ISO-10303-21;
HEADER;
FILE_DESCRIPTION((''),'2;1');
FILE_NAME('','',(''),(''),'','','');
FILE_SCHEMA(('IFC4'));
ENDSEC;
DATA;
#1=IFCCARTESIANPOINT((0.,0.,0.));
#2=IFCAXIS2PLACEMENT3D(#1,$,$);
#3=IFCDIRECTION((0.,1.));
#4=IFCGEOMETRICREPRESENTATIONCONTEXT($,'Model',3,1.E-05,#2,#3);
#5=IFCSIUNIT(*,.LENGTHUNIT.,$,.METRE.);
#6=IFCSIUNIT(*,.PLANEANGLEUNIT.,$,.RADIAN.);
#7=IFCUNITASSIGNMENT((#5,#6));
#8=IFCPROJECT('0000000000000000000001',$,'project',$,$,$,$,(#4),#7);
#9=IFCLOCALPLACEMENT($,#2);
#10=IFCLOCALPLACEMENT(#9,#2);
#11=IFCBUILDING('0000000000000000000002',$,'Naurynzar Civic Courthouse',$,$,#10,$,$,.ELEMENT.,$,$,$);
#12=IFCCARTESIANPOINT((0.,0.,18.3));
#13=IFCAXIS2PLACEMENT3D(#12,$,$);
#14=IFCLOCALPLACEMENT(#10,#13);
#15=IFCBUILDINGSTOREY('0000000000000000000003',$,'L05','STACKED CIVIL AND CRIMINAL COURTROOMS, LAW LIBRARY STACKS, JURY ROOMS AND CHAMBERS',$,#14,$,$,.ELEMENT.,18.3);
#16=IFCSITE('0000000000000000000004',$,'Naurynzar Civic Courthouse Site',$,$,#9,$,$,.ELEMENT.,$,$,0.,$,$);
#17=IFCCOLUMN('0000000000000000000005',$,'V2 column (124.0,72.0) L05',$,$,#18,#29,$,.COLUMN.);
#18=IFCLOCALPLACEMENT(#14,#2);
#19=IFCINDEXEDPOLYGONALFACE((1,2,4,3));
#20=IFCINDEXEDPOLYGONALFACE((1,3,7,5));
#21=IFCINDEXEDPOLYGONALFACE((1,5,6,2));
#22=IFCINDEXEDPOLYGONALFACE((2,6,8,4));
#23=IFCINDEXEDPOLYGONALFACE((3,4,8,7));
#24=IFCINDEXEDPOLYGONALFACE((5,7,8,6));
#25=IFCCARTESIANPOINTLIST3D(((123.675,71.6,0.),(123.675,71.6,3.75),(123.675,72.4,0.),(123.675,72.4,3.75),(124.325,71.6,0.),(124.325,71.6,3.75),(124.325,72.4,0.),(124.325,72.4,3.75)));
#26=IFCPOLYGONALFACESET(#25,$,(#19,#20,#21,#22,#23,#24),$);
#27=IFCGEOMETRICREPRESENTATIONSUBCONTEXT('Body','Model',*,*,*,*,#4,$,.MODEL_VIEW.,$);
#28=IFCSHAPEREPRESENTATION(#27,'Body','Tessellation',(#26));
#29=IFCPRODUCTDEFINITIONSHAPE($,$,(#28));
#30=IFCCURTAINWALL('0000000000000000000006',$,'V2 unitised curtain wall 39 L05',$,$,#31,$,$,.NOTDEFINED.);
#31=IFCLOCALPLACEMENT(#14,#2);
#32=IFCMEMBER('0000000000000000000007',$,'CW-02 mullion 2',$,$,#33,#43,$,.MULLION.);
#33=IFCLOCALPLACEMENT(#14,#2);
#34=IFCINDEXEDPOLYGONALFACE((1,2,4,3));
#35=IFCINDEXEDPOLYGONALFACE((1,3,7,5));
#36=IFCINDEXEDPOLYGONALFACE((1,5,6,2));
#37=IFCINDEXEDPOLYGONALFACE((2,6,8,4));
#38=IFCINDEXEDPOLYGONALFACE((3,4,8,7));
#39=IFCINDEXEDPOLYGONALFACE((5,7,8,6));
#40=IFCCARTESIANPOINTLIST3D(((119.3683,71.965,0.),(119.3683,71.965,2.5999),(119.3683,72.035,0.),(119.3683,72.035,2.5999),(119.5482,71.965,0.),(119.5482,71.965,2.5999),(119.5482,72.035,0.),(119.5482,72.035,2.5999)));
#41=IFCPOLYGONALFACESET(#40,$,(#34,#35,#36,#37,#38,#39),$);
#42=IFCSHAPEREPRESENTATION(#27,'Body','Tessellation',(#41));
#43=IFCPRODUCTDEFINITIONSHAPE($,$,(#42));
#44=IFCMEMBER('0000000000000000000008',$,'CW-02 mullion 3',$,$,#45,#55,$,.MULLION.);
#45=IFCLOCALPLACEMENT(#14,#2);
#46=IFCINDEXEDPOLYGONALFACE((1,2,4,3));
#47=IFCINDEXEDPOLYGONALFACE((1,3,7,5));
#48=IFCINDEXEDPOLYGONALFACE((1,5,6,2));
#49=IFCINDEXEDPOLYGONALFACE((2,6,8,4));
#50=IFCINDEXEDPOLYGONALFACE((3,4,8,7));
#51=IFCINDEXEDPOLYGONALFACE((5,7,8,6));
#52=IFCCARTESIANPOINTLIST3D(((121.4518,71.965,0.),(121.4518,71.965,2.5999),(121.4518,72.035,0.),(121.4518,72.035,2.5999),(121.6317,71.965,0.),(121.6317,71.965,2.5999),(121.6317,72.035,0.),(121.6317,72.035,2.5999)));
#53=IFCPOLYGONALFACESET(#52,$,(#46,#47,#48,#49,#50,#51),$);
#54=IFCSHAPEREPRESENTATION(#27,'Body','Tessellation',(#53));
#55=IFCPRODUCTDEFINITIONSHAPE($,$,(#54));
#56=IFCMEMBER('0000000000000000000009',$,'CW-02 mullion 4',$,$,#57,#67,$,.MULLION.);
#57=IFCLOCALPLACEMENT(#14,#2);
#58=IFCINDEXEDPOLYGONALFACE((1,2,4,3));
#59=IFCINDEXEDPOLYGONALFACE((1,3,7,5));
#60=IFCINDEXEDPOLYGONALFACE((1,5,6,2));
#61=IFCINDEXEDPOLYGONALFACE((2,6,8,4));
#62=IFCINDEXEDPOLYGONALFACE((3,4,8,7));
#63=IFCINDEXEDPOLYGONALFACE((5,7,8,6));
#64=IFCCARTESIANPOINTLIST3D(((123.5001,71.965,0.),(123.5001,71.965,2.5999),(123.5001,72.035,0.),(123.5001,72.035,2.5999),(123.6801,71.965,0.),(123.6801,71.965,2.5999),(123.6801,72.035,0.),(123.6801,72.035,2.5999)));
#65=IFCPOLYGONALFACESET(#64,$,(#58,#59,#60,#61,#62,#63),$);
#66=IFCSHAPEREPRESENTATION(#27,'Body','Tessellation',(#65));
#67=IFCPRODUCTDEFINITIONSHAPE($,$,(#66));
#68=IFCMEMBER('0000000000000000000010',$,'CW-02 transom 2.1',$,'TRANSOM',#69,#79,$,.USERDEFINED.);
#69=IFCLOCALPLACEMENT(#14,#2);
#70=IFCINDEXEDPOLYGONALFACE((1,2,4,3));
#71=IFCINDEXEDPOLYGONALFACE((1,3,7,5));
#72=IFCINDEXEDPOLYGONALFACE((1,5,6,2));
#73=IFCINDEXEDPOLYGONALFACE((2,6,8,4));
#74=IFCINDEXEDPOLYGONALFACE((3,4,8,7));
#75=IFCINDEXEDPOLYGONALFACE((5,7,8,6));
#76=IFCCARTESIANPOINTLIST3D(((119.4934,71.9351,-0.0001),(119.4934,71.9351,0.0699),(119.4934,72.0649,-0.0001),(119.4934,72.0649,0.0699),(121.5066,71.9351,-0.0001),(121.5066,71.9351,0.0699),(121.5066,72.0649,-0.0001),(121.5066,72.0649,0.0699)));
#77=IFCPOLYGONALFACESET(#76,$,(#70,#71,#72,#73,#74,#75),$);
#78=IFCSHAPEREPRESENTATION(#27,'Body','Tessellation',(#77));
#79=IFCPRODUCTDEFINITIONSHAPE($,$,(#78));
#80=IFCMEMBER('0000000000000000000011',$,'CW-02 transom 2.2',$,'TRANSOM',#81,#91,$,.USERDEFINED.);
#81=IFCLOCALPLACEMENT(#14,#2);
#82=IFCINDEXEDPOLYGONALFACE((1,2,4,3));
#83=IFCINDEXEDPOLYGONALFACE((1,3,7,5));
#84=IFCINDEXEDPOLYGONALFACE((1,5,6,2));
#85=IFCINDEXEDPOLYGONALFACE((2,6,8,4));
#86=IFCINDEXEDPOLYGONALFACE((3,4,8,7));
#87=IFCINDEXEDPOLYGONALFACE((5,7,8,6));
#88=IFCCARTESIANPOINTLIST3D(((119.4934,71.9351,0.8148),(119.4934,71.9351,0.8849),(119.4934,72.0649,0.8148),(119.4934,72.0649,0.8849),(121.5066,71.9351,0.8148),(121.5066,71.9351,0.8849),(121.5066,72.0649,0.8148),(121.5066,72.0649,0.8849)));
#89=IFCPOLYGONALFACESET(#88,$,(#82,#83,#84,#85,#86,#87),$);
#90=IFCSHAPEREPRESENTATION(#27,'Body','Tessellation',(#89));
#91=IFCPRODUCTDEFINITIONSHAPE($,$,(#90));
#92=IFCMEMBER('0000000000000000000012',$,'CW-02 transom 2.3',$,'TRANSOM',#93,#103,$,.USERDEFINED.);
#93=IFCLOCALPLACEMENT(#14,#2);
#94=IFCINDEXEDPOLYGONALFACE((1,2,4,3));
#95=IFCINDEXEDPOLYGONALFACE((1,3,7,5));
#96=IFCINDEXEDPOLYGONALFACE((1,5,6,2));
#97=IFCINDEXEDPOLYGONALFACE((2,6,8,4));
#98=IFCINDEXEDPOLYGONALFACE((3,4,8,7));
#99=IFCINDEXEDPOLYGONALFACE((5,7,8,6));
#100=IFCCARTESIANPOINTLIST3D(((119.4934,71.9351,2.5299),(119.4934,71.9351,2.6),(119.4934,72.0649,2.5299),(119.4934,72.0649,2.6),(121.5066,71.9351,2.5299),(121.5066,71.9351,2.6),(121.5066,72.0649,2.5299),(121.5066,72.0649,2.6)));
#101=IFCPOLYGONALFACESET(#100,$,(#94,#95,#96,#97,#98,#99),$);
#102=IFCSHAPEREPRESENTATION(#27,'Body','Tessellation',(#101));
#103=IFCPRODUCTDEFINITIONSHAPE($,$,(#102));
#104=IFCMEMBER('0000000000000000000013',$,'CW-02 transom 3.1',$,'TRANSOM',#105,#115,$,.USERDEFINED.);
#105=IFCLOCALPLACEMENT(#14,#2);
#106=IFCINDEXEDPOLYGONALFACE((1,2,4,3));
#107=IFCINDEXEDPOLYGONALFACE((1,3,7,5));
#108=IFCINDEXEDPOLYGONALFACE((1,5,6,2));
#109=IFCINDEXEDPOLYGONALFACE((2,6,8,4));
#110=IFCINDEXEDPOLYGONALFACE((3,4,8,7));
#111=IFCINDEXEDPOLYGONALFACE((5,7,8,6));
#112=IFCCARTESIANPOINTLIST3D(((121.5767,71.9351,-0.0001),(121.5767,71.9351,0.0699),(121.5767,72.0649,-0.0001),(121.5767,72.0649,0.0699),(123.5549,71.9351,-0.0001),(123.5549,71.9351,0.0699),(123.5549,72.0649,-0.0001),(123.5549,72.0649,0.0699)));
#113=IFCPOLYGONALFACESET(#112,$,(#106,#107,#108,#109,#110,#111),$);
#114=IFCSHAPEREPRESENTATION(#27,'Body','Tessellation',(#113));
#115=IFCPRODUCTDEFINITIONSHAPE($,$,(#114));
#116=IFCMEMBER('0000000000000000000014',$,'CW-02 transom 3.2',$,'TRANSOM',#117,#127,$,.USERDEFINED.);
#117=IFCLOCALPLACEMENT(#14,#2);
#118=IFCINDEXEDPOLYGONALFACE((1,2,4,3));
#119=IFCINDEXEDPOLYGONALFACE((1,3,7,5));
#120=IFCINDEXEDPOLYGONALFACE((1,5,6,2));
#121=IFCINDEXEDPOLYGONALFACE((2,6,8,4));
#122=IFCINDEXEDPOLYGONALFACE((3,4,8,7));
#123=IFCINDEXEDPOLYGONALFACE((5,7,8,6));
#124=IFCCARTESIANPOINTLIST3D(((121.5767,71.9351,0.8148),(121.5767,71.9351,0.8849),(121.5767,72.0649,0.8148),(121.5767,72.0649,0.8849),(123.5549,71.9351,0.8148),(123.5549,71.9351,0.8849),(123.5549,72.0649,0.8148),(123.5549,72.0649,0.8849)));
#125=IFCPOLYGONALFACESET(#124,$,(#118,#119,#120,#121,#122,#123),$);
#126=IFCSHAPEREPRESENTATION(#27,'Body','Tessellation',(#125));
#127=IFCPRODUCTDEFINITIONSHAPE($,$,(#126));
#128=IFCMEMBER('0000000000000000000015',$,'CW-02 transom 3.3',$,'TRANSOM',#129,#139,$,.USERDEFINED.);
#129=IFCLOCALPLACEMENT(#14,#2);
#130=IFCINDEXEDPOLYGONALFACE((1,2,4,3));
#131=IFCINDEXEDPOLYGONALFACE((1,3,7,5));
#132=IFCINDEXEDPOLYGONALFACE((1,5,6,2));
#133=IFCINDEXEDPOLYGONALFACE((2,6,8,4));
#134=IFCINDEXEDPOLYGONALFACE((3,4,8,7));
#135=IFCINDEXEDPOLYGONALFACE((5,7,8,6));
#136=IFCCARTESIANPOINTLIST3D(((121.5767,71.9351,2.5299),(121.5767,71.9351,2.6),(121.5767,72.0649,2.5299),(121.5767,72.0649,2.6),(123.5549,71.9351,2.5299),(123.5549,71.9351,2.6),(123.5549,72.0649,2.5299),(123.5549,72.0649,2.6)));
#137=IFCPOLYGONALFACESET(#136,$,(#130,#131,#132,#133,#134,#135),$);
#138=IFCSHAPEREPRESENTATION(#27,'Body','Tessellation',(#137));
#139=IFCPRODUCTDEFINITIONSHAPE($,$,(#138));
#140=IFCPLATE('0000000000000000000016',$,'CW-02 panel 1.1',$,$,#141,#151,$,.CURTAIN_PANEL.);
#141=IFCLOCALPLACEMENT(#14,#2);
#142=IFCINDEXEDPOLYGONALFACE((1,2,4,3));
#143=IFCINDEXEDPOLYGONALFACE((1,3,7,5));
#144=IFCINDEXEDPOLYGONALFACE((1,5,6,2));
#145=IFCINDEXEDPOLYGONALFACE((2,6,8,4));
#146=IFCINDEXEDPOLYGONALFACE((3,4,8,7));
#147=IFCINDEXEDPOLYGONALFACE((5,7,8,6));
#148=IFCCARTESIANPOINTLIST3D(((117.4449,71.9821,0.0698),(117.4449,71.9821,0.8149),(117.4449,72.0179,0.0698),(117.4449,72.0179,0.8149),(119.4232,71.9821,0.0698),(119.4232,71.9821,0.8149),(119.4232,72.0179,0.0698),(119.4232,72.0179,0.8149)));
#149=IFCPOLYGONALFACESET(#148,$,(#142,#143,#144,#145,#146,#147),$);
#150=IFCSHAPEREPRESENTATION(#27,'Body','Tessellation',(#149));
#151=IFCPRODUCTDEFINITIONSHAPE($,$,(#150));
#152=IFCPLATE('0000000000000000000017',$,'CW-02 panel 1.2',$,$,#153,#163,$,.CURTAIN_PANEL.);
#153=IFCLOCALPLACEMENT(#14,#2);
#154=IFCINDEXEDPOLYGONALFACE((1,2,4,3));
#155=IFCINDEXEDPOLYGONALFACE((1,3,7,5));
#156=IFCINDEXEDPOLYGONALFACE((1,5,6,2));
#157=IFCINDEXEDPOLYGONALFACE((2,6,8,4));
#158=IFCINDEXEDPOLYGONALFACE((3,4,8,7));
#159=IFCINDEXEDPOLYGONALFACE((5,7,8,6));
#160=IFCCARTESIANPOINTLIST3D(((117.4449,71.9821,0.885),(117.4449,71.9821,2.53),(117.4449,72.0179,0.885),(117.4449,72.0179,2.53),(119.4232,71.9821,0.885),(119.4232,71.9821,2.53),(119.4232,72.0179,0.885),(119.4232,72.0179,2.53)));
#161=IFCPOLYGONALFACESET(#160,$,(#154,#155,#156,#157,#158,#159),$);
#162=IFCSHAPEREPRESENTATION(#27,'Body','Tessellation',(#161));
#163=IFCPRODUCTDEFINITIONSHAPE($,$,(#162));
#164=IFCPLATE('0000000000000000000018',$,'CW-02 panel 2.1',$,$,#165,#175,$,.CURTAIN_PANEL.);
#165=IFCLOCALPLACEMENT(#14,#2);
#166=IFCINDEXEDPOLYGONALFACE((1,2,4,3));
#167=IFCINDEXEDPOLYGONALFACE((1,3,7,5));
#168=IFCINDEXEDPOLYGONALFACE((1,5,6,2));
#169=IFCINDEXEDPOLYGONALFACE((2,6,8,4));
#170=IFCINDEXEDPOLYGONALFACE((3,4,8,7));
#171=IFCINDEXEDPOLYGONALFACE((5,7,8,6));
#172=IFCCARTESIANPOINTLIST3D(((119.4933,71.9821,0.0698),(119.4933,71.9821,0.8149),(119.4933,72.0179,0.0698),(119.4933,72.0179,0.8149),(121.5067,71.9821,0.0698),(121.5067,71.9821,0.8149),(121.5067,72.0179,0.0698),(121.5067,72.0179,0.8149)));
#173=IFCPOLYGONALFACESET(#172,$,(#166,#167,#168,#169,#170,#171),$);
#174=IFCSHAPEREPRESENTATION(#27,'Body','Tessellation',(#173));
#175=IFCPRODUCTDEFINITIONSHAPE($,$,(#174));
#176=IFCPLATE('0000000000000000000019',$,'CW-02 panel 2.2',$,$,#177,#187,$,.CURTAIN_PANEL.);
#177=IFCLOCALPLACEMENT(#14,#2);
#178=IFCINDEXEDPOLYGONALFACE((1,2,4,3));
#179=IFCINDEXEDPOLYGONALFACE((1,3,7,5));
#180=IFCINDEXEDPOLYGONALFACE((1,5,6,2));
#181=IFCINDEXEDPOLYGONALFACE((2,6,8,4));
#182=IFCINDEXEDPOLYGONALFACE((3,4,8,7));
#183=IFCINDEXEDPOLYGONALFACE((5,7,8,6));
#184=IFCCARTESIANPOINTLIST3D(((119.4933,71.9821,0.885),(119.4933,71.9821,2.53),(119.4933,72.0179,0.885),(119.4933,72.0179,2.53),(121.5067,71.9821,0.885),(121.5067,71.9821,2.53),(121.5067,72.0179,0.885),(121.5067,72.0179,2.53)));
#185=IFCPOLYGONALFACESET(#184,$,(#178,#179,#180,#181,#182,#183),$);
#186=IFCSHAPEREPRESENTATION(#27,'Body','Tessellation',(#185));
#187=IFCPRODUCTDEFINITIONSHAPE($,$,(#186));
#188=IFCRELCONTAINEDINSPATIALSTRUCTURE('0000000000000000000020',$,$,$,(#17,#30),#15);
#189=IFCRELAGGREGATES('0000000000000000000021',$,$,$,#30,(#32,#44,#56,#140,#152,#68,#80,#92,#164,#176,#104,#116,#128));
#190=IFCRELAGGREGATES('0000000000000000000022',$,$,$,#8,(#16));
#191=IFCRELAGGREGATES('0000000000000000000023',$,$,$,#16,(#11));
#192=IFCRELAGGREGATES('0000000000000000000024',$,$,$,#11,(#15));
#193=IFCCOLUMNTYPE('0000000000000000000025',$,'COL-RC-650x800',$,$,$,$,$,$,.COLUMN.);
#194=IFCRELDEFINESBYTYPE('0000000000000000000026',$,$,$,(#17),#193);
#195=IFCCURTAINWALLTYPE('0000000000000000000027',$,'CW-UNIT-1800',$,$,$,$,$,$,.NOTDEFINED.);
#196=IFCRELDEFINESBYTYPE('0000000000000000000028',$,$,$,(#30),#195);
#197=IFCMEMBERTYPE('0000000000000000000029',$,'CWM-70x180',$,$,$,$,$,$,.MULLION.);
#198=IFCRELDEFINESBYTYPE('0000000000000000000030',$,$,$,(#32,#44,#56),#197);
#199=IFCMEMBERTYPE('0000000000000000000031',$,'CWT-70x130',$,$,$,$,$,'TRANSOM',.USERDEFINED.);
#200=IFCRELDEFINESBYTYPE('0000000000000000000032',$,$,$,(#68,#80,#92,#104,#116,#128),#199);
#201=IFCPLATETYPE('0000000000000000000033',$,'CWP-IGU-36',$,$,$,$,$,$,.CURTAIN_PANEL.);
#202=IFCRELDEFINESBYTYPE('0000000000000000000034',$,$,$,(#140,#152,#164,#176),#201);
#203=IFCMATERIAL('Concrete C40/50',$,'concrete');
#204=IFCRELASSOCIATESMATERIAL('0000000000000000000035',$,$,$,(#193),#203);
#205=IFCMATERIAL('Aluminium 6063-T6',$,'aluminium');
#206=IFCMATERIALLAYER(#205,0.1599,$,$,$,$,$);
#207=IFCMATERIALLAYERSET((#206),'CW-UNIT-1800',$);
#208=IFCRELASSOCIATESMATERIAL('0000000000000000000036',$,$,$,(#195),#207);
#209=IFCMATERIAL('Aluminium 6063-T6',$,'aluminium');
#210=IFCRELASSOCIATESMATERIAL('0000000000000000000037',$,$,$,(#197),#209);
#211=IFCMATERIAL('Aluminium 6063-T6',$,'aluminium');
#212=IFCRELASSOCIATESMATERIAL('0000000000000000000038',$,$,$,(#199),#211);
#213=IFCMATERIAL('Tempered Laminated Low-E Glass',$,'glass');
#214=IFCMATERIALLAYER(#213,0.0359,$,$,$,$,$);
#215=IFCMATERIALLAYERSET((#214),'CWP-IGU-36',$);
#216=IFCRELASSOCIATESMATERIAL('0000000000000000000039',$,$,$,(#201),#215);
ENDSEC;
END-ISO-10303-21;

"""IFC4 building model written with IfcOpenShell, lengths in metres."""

from ifc_helpers import new_model, si_unit, direction, frame, origin, origin_2d, place, context, subcontext, project, spatial, rectangle, extrude, material, layer, layer_set, material_profile, profile_set, type_object, element, aggregate, save


model = new_model("IFC4")

# Units and contexts
model_context = context("Model", 3, precision=1e-05, world=origin(), true_north=direction((0.0, 1.0)))
body_context = subcontext(model_context, "Body", "Model", "MODEL_VIEW")
ifc_project = project(units=[si_unit("LENGTHUNIT", "METRE"), si_unit("PLANEANGLEUNIT", "RADIAN")], contexts=[model_context])

# Site, building, storey
site_placement = place(None, origin())
site = spatial("IfcSite", under=ifc_project, at=site_placement, Name="Naurynzar Civic Courthouse Site", CompositionType="ELEMENT", RefElevation=0.0)
building_placement = place(site_placement, origin())
building = spatial("IfcBuilding", under=site, at=building_placement, Name="Naurynzar Civic Courthouse", CompositionType="ELEMENT")
storey_placement = place(building_placement, frame((0.0, 0.0, 18.3)))
storey = spatial("IfcBuildingStorey", under=building, at=storey_placement, Name="L05", Description="STACKED CIVIL AND CRIMINAL COURTROOMS, LAW LIBRARY STACKS, JURY ROOMS AND CHAMBERS", CompositionType="ELEMENT", Elevation=18.3)

# Column
ifc_material_1 = material(Name="Concrete C40/50", Category="concrete")
ifc_material_profile_1 = material_profile(ifc_material_1, rectangle(XDim=0.6499, YDim=0.8, at=origin_2d()), Name="RC 650x800")
ifc_profile_set_1 = profile_set([ifc_material_profile_1], Name="Concrete C40/50")
column_type = type_object("IfcColumnType", Name="COL-RC-650x800", PredefinedType="COLUMN", material=ifc_profile_set_1)
column_placement = place(storey_placement, frame((124.0, 72.0, 0.0), z_axis=(0.0, 0.0, 1.0), x_axis=(1.0, 0.0, 0.0)))
element("IfcColumn", 1, at=column_placement, inside=storey, type_object=column_type, Name="V2 column (124.0,72.0) L05", PredefinedType="COLUMN", context=body_context, shape_type="SweptSolid", body=[
    extrude(rectangle(XDim=0.6499, YDim=0.8, at=origin_2d()), origin(), (0.0, 0.0, 1.0), 3.75),
])

# Curtain wall, members, plates
ifc_material_2 = material(Name="Aluminium 6063-T6", Category="aluminium")
ifc_layer_1 = layer(ifc_material_2, 0.1599)
ifc_layer_set_1 = layer_set([ifc_layer_1], Name="CW-UNIT-1800")
curtain_wall_type = type_object("IfcCurtainWallType", Name="CW-UNIT-1800", PredefinedType="NOTDEFINED", material=ifc_layer_set_1)
curtain_wall_placement = place(storey_placement, origin())
curtain_wall = element("IfcCurtainWall", 2, at=curtain_wall_placement, inside=storey, type_object=curtain_wall_type, Name="V2 unitised curtain wall 39 L05", PredefinedType="NOTDEFINED")
ifc_material_3 = material(Name="Aluminium 6063-T6", Category="aluminium")
ifc_material_profile_2 = material_profile(ifc_material_3, rectangle(XDim=0.0701, YDim=0.1799, at=origin_2d()), Name="ALU MULLION 70x180")
ifc_profile_set_2 = profile_set([ifc_material_profile_2], Name="Aluminium 6063-T6")
member_type_1 = type_object("IfcMemberType", Name="CWM-70x180", PredefinedType="MULLION", material=ifc_profile_set_2)
member_1_placement = place(storey_placement, frame((119.4583, 72.0, 0.0), z_axis=(0.0, 0.0, 1.0), x_axis=(0.0, 1.0, 0.0)))
member_1 = element("IfcMember", 3, at=member_1_placement, type_object=member_type_1, Name="CW-02 mullion 2", PredefinedType="MULLION", context=body_context, shape_type="SweptSolid", body=[
    extrude(rectangle(XDim=0.0701, YDim=0.1799, at=origin_2d()), origin(), (0.0, 0.0, 1.0), 2.5999),
])
member_2_placement = place(storey_placement, frame((121.5417, 72.0, 0.0), z_axis=(0.0, 0.0, 1.0), x_axis=(0.0, 1.0, 0.0)))
member_2 = element("IfcMember", 4, at=member_2_placement, type_object=member_type_1, Name="CW-02 mullion 3", PredefinedType="MULLION", context=body_context, shape_type="SweptSolid", body=[
    extrude(rectangle(XDim=0.0701, YDim=0.1799, at=origin_2d()), origin(), (0.0, 0.0, 1.0), 2.5999),
])
member_3_placement = place(storey_placement, frame((123.5901, 72.0, 0.0), z_axis=(0.0, 0.0, 1.0), x_axis=(0.0, 1.0, 0.0)))
member_3 = element("IfcMember", 5, at=member_3_placement, type_object=member_type_1, Name="CW-02 mullion 4", PredefinedType="MULLION", context=body_context, shape_type="SweptSolid", body=[
    extrude(rectangle(XDim=0.0701, YDim=0.1799, at=origin_2d()), origin(), (0.0, 0.0, 1.0), 2.5999),
])
ifc_material_4 = material(Name="Aluminium 6063-T6", Category="aluminium")
ifc_material_profile_3 = material_profile(ifc_material_4, rectangle(XDim=0.1299, YDim=0.0701, at=origin_2d()), Name="ALU TRANSOM 70x130")
ifc_profile_set_3 = profile_set([ifc_material_profile_3], Name="Aluminium 6063-T6")
member_type_2 = type_object("IfcMemberType", Name="CWT-70x130", ElementType="TRANSOM", PredefinedType="USERDEFINED", material=ifc_profile_set_3)
member_4_placement = place(storey_placement, frame((119.4934, 72.0, 0.0349), z_axis=(1.0, 0.0, 0.0), x_axis=(0.0, 1.0, 0.0)))
member_4 = element("IfcMember", 6, at=member_4_placement, type_object=member_type_2, Name="CW-02 transom 2.1", ObjectType="TRANSOM", PredefinedType="USERDEFINED", context=body_context, shape_type="SweptSolid", body=[
    extrude(rectangle(XDim=0.1299, YDim=0.0701, at=origin_2d()), origin(), (0.0, 0.0, 1.0), 2.0132),
])
member_5_placement = place(storey_placement, frame((119.4934, 72.0, 0.8499), z_axis=(1.0, 0.0, 0.0), x_axis=(0.0, 1.0, 0.0)))
member_5 = element("IfcMember", 7, at=member_5_placement, type_object=member_type_2, Name="CW-02 transom 2.2", ObjectType="TRANSOM", PredefinedType="USERDEFINED", context=body_context, shape_type="SweptSolid", body=[
    extrude(rectangle(XDim=0.1299, YDim=0.0701, at=origin_2d()), origin(), (0.0, 0.0, 1.0), 2.0132),
])
member_6_placement = place(storey_placement, frame((119.4934, 72.0, 2.5649), z_axis=(1.0, 0.0, 0.0), x_axis=(0.0, 1.0, 0.0)))
member_6 = element("IfcMember", 8, at=member_6_placement, type_object=member_type_2, Name="CW-02 transom 2.3", ObjectType="TRANSOM", PredefinedType="USERDEFINED", context=body_context, shape_type="SweptSolid", body=[
    extrude(rectangle(XDim=0.1299, YDim=0.0701, at=origin_2d()), origin(), (0.0, 0.0, 1.0), 2.0132),
])
member_7_placement = place(storey_placement, frame((121.5767, 72.0, 0.0349), z_axis=(1.0, 0.0, 0.0), x_axis=(0.0, 1.0, 0.0)))
member_7 = element("IfcMember", 9, at=member_7_placement, type_object=member_type_2, Name="CW-02 transom 3.1", ObjectType="TRANSOM", PredefinedType="USERDEFINED", context=body_context, shape_type="SweptSolid", body=[
    extrude(rectangle(XDim=0.1299, YDim=0.0701, at=origin_2d()), origin(), (0.0, 0.0, 1.0), 1.9783),
])
member_8_placement = place(storey_placement, frame((121.5767, 72.0, 0.8499), z_axis=(1.0, 0.0, 0.0), x_axis=(0.0, 1.0, 0.0)))
member_8 = element("IfcMember", 10, at=member_8_placement, type_object=member_type_2, Name="CW-02 transom 3.2", ObjectType="TRANSOM", PredefinedType="USERDEFINED", context=body_context, shape_type="SweptSolid", body=[
    extrude(rectangle(XDim=0.1299, YDim=0.0701, at=origin_2d()), origin(), (0.0, 0.0, 1.0), 1.9783),
])
member_9_placement = place(storey_placement, frame((121.5767, 72.0, 2.5649), z_axis=(1.0, 0.0, 0.0), x_axis=(0.0, 1.0, 0.0)))
member_9 = element("IfcMember", 11, at=member_9_placement, type_object=member_type_2, Name="CW-02 transom 3.3", ObjectType="TRANSOM", PredefinedType="USERDEFINED", context=body_context, shape_type="SweptSolid", body=[
    extrude(rectangle(XDim=0.1299, YDim=0.0701, at=origin_2d()), origin(), (0.0, 0.0, 1.0), 1.9783),
])
ifc_material_5 = material(Name="Tempered Laminated Low-E Glass", Category="glass")
ifc_layer_2 = layer(ifc_material_5, 0.0359)
ifc_layer_set_2 = layer_set([ifc_layer_2], Name="CWP-IGU-36")
plate_type = type_object("IfcPlateType", Name="CWP-IGU-36", PredefinedType="CURTAIN_PANEL", material=ifc_layer_set_2)
plate_1_placement = place(storey_placement, frame((118.4341, 72.0, 0.0698), z_axis=(0.0, 0.0, 1.0), x_axis=(1.0, 0.0, 0.0)))
plate_1 = element("IfcPlate", 12, at=plate_1_placement, type_object=plate_type, Name="CW-02 panel 1.1", PredefinedType="CURTAIN_PANEL", context=body_context, shape_type="SweptSolid", body=[
    extrude(rectangle(XDim=1.9783, YDim=0.0359, at=origin_2d()), origin(), (0.0, 0.0, 1.0), 0.7451),
])
plate_2_placement = place(storey_placement, frame((118.4341, 72.0, 0.885), z_axis=(0.0, 0.0, 1.0), x_axis=(1.0, 0.0, 0.0)))
plate_2 = element("IfcPlate", 13, at=plate_2_placement, type_object=plate_type, Name="CW-02 panel 1.2", PredefinedType="CURTAIN_PANEL", context=body_context, shape_type="SweptSolid", body=[
    extrude(rectangle(XDim=1.9783, YDim=0.0359, at=origin_2d()), origin(), (0.0, 0.0, 1.0), 1.645),
])
plate_3_placement = place(storey_placement, frame((120.5, 72.0, 0.0698), z_axis=(0.0, 0.0, 1.0), x_axis=(1.0, 0.0, 0.0)))
plate_3 = element("IfcPlate", 14, at=plate_3_placement, type_object=plate_type, Name="CW-02 panel 2.1", PredefinedType="CURTAIN_PANEL", context=body_context, shape_type="SweptSolid", body=[
    extrude(rectangle(XDim=2.0134, YDim=0.0359, at=origin_2d()), origin(), (0.0, 0.0, 1.0), 0.7451),
])
plate_4_placement = place(storey_placement, frame((120.5, 72.0, 0.885), z_axis=(0.0, 0.0, 1.0), x_axis=(1.0, 0.0, 0.0)))
plate_4 = element("IfcPlate", 15, at=plate_4_placement, type_object=plate_type, Name="CW-02 panel 2.2", PredefinedType="CURTAIN_PANEL", context=body_context, shape_type="SweptSolid", body=[
    extrude(rectangle(XDim=2.0134, YDim=0.0359, at=origin_2d()), origin(), (0.0, 0.0, 1.0), 1.645),
])
aggregate(curtain_wall, [member_1, member_2, member_3, plate_1, plate_2, member_4, member_5, member_6, plate_3, plate_4, member_7, member_8, member_9])

save(model, "model.ifc")
